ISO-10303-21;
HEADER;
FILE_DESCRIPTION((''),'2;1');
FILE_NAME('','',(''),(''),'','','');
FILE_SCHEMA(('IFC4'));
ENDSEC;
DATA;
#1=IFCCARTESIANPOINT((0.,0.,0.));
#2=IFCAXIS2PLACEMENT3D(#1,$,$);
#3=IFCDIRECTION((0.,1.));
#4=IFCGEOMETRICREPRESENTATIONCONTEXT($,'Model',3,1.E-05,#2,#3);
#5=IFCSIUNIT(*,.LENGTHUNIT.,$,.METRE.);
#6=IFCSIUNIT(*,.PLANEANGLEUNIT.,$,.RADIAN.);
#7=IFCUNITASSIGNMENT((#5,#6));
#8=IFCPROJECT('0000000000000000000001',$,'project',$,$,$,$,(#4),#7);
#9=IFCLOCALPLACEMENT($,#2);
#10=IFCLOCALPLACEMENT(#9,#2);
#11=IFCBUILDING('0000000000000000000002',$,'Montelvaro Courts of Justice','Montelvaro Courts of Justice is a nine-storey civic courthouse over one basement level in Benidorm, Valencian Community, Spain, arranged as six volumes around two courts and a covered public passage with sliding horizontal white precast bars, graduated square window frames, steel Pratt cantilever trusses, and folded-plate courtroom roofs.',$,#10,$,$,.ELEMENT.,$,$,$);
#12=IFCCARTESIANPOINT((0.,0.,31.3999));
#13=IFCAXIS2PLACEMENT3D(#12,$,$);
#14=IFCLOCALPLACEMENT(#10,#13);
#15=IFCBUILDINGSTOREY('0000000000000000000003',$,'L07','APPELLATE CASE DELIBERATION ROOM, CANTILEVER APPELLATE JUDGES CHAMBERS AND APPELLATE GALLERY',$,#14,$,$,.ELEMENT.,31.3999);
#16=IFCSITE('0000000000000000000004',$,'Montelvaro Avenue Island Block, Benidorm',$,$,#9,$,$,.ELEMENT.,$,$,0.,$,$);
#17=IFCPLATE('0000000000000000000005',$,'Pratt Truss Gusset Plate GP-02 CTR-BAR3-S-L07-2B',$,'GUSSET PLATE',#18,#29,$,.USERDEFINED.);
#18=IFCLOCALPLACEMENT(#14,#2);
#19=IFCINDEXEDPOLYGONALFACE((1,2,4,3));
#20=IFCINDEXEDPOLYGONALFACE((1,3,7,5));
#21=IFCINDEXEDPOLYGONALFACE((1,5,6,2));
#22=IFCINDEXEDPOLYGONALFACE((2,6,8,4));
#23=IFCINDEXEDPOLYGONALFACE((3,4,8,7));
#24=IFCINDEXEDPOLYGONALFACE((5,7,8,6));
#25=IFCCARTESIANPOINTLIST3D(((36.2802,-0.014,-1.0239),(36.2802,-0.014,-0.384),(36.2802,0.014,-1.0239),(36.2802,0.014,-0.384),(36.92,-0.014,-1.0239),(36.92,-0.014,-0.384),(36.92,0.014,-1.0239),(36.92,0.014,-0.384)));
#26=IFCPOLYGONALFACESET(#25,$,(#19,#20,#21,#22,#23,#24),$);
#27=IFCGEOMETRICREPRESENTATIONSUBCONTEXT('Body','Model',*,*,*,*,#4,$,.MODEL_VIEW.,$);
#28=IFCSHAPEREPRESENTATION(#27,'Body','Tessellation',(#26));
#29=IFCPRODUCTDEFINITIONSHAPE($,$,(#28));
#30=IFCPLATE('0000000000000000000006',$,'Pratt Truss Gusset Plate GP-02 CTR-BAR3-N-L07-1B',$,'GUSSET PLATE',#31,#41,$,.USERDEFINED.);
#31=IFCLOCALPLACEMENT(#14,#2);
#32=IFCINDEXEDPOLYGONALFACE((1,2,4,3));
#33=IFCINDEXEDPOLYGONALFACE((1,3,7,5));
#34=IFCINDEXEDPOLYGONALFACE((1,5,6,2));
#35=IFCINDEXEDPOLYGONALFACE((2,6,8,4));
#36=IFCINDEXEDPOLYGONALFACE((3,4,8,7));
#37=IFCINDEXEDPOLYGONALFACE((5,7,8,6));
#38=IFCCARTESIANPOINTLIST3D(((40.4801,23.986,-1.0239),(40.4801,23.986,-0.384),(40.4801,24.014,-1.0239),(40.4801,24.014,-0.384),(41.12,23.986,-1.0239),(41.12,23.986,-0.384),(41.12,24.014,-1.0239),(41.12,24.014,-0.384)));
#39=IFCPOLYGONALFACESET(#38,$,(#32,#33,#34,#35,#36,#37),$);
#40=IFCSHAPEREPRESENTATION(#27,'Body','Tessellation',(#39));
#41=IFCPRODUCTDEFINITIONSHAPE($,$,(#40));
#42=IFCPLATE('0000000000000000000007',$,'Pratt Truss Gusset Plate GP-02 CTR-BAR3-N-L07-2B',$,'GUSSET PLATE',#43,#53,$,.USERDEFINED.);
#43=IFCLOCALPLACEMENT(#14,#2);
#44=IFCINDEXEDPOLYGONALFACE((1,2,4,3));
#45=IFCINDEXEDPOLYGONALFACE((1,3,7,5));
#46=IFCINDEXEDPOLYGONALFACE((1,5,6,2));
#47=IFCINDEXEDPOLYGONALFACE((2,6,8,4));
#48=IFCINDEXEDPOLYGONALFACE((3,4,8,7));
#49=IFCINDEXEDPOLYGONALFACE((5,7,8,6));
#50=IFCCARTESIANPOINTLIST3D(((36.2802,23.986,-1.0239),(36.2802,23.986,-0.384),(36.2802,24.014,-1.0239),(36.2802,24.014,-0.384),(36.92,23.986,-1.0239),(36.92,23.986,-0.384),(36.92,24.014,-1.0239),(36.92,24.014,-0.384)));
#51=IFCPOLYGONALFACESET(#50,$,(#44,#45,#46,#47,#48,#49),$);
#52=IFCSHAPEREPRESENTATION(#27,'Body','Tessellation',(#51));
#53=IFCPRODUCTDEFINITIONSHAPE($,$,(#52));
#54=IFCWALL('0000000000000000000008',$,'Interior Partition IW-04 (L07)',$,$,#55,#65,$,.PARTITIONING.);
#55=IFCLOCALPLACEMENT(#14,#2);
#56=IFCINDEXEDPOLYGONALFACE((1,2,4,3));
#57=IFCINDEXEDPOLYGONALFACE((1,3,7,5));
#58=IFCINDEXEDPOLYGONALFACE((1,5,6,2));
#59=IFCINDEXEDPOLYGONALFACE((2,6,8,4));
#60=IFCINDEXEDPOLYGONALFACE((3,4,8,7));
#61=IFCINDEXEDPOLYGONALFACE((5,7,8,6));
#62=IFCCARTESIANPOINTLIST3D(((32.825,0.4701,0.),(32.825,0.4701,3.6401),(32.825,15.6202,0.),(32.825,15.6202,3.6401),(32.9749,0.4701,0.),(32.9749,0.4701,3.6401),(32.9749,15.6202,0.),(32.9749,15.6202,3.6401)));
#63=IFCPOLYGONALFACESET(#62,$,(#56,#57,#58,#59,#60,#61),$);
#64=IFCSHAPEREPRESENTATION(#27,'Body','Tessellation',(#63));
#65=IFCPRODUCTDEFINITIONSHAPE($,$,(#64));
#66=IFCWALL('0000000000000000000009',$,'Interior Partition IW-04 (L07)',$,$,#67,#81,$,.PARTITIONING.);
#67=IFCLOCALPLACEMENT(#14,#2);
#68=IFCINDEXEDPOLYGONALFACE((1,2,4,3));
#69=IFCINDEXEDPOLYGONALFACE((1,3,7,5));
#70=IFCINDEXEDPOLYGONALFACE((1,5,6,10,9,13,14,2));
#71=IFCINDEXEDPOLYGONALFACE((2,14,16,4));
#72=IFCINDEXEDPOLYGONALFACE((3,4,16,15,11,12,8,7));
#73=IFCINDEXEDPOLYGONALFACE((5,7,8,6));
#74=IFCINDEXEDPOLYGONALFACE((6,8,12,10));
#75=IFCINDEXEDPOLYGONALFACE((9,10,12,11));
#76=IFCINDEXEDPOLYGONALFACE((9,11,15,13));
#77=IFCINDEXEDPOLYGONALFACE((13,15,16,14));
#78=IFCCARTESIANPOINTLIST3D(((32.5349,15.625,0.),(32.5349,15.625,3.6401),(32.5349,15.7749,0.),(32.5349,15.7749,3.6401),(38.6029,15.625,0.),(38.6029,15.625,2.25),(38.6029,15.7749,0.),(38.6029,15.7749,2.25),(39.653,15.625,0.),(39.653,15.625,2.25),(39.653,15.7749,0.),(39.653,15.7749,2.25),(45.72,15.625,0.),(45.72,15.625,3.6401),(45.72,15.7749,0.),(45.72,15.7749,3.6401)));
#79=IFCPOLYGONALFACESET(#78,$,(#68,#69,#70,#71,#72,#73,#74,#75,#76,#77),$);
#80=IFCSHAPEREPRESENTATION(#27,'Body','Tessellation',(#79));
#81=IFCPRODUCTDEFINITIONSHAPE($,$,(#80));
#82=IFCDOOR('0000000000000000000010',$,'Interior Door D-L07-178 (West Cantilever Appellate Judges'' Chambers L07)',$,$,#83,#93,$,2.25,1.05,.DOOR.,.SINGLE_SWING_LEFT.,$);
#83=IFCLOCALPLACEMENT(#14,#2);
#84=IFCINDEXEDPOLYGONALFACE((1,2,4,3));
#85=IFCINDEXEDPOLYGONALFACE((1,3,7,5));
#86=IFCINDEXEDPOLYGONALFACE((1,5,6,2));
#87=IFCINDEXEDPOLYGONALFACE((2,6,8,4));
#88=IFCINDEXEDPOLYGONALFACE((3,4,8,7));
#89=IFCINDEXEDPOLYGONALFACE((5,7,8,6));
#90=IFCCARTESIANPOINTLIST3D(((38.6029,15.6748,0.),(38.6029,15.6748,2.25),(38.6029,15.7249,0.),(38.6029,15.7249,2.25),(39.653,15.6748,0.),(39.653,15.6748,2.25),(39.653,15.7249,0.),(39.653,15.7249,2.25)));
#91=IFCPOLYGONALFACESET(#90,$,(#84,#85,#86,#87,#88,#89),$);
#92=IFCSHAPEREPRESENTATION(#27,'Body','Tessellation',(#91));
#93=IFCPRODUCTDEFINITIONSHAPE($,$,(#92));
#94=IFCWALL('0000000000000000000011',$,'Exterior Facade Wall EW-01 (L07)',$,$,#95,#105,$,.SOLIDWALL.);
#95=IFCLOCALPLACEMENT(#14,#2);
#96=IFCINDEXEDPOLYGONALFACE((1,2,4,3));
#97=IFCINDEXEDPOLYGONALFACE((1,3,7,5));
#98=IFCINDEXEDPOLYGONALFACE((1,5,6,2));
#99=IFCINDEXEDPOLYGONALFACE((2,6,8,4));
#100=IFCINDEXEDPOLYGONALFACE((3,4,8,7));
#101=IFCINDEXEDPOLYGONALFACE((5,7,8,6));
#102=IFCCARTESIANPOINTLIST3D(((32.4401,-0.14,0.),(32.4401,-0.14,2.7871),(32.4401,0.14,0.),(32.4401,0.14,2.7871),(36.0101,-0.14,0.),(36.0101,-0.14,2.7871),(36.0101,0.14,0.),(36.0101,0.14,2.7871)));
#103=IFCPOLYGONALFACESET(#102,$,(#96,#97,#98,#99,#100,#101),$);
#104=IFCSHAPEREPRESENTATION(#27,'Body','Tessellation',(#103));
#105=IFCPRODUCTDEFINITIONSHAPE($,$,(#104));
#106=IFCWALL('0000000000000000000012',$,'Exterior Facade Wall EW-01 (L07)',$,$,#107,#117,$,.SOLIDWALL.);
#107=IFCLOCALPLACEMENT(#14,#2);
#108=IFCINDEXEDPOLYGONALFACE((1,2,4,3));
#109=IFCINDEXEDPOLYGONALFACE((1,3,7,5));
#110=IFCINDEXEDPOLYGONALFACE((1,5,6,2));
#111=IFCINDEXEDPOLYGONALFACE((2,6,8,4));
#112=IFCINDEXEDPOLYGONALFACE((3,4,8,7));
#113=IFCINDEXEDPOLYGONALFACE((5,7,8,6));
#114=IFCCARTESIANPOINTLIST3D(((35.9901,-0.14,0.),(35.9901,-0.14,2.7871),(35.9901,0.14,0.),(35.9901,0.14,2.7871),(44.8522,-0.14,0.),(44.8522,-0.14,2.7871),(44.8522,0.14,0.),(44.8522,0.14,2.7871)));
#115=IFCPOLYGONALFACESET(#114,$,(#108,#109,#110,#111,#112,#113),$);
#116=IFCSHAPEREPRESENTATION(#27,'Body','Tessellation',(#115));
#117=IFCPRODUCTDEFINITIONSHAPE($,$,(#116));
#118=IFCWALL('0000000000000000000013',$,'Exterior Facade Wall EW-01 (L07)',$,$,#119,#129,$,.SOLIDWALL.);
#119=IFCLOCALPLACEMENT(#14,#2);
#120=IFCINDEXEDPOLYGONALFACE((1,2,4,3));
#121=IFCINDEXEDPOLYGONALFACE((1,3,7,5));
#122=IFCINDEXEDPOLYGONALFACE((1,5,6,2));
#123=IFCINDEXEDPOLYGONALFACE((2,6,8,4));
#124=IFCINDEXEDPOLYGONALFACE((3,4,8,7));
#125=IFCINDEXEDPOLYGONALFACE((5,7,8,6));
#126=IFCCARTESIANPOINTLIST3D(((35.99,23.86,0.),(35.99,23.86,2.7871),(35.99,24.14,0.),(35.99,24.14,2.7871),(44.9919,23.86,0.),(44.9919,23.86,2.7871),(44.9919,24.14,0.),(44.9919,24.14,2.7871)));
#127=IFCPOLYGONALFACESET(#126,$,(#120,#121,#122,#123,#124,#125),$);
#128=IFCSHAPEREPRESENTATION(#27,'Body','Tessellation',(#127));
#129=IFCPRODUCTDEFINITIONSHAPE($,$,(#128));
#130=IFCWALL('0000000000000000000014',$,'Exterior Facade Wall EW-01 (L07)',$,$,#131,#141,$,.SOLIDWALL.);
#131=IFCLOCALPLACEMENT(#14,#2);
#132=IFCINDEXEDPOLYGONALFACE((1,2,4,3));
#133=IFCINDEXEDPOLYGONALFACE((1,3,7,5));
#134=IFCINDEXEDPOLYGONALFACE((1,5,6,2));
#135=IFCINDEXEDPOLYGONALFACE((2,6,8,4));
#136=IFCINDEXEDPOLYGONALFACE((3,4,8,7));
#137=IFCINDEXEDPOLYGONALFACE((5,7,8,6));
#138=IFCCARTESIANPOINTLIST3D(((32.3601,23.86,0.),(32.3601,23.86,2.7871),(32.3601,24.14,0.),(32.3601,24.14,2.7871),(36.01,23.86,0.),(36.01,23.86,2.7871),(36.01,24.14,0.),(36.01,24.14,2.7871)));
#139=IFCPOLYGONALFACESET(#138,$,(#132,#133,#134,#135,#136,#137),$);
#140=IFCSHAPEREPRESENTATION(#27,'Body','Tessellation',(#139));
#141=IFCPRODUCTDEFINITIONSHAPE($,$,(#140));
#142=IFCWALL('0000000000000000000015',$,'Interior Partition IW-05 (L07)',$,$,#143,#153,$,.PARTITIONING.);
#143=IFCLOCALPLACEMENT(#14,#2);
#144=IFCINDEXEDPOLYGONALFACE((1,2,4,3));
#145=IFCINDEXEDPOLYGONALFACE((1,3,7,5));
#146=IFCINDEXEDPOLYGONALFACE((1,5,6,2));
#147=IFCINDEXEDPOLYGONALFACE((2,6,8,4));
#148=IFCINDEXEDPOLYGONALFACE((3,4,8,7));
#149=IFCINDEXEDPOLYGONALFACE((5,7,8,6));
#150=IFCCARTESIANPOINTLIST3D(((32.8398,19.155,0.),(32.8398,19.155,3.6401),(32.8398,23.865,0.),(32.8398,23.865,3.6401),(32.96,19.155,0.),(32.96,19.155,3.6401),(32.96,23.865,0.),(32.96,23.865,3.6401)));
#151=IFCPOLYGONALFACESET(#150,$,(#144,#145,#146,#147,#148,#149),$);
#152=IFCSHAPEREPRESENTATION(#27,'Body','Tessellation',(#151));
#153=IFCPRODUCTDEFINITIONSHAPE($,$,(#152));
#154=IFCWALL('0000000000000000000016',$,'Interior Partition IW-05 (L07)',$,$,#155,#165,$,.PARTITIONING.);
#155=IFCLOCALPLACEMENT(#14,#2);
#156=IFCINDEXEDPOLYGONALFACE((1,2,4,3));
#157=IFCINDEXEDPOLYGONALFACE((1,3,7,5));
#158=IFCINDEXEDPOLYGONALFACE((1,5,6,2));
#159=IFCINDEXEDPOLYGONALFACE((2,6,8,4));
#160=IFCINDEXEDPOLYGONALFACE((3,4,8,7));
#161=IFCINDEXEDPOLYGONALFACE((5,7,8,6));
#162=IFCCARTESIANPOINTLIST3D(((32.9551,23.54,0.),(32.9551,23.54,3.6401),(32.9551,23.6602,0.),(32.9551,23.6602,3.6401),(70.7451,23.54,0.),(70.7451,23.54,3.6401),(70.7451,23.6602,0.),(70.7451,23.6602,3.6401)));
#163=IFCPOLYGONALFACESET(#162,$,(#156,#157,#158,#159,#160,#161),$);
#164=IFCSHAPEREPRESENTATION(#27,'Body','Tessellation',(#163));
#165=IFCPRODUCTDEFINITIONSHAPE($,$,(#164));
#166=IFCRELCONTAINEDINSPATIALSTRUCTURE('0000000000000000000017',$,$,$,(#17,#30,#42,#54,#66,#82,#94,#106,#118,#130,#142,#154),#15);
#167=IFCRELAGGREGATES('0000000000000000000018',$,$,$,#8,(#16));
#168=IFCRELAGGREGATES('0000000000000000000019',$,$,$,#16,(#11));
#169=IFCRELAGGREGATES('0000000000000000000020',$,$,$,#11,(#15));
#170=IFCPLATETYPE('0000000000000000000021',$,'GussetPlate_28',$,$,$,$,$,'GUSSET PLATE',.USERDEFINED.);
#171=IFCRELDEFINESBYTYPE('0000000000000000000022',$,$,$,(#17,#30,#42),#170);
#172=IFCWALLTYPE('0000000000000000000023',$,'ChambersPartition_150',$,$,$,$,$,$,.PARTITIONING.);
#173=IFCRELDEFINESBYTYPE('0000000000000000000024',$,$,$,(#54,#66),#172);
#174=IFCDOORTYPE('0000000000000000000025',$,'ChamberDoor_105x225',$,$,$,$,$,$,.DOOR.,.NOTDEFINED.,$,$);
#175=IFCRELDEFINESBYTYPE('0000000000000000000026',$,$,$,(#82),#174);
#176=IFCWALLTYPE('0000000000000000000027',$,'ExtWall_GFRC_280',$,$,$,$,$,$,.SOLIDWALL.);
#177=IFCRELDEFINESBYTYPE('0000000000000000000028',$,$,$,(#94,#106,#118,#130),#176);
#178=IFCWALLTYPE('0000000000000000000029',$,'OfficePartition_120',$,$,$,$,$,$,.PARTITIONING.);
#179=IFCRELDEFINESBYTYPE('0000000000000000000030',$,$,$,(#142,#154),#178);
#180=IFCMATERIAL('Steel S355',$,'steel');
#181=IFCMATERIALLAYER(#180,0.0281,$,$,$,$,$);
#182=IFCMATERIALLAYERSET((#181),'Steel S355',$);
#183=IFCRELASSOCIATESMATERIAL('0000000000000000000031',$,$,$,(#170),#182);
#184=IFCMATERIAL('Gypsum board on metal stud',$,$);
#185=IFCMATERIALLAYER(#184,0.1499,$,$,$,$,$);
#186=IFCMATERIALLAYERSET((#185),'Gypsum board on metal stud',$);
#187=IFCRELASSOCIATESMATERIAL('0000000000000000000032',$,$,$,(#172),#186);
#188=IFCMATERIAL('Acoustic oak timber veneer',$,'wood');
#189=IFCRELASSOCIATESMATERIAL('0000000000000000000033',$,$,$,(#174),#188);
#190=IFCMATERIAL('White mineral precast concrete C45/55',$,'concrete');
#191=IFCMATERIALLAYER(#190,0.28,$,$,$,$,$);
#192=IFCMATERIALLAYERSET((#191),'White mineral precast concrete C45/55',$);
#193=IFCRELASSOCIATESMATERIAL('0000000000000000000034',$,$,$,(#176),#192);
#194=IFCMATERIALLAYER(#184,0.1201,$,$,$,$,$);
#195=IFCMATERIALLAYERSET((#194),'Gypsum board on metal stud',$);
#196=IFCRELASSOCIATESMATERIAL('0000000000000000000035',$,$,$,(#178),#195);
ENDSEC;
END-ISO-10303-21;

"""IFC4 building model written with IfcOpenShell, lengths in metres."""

from ifc_helpers import new_model, si_unit, direction, frame, frame_2d, origin, origin_2d, place, context, subcontext, project, spatial, rectangle, extrude, material, layer, layer_set, type_object, element, fill, save


model = new_model("IFC4")

# Units and contexts
model_context = context("Model", 3, precision=1e-05, world=origin(), true_north=direction((0.0, 1.0)))
body_context = subcontext(model_context, "Body", "Model", "MODEL_VIEW")
ifc_project = project(units=[si_unit("LENGTHUNIT", "METRE"), si_unit("PLANEANGLEUNIT", "RADIAN")], contexts=[model_context])

# Site, building, storey
site_placement = place(None, origin())
site = spatial("IfcSite", under=ifc_project, at=site_placement, Name="Montelvaro Avenue Island Block, Benidorm", CompositionType="ELEMENT", RefElevation=0.0)
building_placement = place(site_placement, origin())
building = spatial("IfcBuilding", under=site, at=building_placement, Name="Montelvaro Courts of Justice", Description="Montelvaro Courts of Justice is a nine-storey civic courthouse over one basement level in Benidorm, Valencian Community, Spain, arranged as six volumes around two courts and a covered public passage with sliding horizontal white precast bars, graduated square window frames, steel Pratt cantilever trusses, and folded-plate courtroom roofs.", CompositionType="ELEMENT")
storey_placement = place(building_placement, frame((0.0, 0.0, 31.3999)))
storey = spatial("IfcBuildingStorey", under=building, at=storey_placement, Name="L07", Description="APPELLATE CASE DELIBERATION ROOM, CANTILEVER APPELLATE JUDGES CHAMBERS AND APPELLATE GALLERY", CompositionType="ELEMENT", Elevation=31.3999)

# Shared definitions
ifc_material_1 = material(Name="Steel S355", Category="steel")

# Plates
ifc_layer_1 = layer(ifc_material_1, 0.0281)
ifc_layer_set_1 = layer_set([ifc_layer_1], Name="Steel S355")
plate_type = type_object("IfcPlateType", Name="GussetPlate_28", ElementType="GUSSET PLATE", PredefinedType="USERDEFINED", material=ifc_layer_set_1)
for number, where, z_axis, x_axis, name in (
    (1, (36.6001, 0.0, -1.0239), (0.0, 0.0, 1.0), (1.0, 0.0, 0.0), "Pratt Truss Gusset Plate GP-02 CTR-BAR3-S-L07-2B"),
    (2, (40.8, 24.0, -1.0239), (0.0, 0.0, 1.0), (1.0, 0.0, 0.0), "Pratt Truss Gusset Plate GP-02 CTR-BAR3-N-L07-1B"),
    (3, (36.6001, 24.0, -1.0239), (0.0, 0.0, 1.0), (1.0, 0.0, 0.0), "Pratt Truss Gusset Plate GP-02 CTR-BAR3-N-L07-2B"),
):
    element("IfcPlate", number, at=place(storey_placement, frame(where, z_axis=z_axis, x_axis=x_axis)), inside=storey, type_object=plate_type, Name=name, ObjectType="GUSSET PLATE", PredefinedType="USERDEFINED", context=body_context, shape_type="SweptSolid", body=[
        extrude(rectangle(XDim=0.6399, YDim=0.0281, at=origin_2d()), origin(), (0.0, 0.0, 1.0), 0.6399),
    ])

# Wall
ifc_material_2 = material(Name="Gypsum board on metal stud")
ifc_layer_2 = layer(ifc_material_2, 0.1499)
ifc_layer_set_2 = layer_set([ifc_layer_2], Name="Gypsum board on metal stud")
wall_type_1 = type_object("IfcWallType", Name="ChambersPartition_150", PredefinedType="PARTITIONING", material=ifc_layer_set_2)
wall_1_placement = place(storey_placement, frame((32.8999, 0.47, 0.0), z_axis=(0.0, 0.0, 1.0), x_axis=(0.0, 1.0, 0.0)))
element("IfcWall", 4, at=wall_1_placement, inside=storey, type_object=wall_type_1, Name="Interior Partition IW-04 (L07)", PredefinedType="PARTITIONING", context=body_context, shape_type="SweptSolid", body=[
    extrude(rectangle(XDim=15.1501, YDim=0.1499, at=frame_2d((7.5752, 0.0))), origin(), (0.0, 0.0, 1.0), 3.6401),
])

# Wall, opening, door
wall_2_placement = place(storey_placement, frame((32.5349, 15.7, 0.0), z_axis=(0.0, 0.0, 1.0), x_axis=(1.0, 0.0, 0.0)))
wall_2 = element("IfcWall", 5, at=wall_2_placement, inside=storey, type_object=wall_type_1, Name="Interior Partition IW-04 (L07)", PredefinedType="PARTITIONING", context=body_context, shape_type="SweptSolid", body=[
    extrude(rectangle(XDim=13.1851, YDim=0.1499, at=frame_2d((6.5925, 0.0))), origin(), (0.0, 0.0, 1.0), 3.6401),
])
opening_placement = place(wall_2_placement, frame((6.0681, 0.0, 0.0)))
opening = element("IfcOpeningElement", 6, at=opening_placement, cuts=wall_2, PredefinedType="OPENING", context=body_context, shape_type="SweptSolid", body=[
    extrude(rectangle(XDim=1.05, YDim=2.25, at=frame_2d((0.5249, 1.125))), frame((0.0, 0.0898, 0.0), z_axis=(0.0, -1.0, 0.0), x_axis=(1.0, 0.0, 0.0)), (0.0, 0.0, 1.0), 0.1797),
])
ifc_material_3 = material(Name="Acoustic oak timber veneer", Category="wood")
door_type = type_object("IfcDoorType", Name="ChamberDoor_105x225", OperationType="NOTDEFINED", PredefinedType="DOOR", material=ifc_material_3)
door_placement = place(opening_placement, origin())
door = element("IfcDoor", 7, at=door_placement, inside=storey, type_object=door_type, Name="Interior Door D-L07-178 (West Cantilever Appellate Judges' Chambers L07)", OperationType="SINGLE_SWING_LEFT", OverallHeight=2.25, OverallWidth=1.05, PredefinedType="DOOR", context=body_context, shape_type="SweptSolid", body=[
    extrude(rectangle(XDim=1.05, YDim=2.25, at=frame_2d((0.5249, 1.125))), frame((0.0, 0.0249, 0.0), z_axis=(0.0, -1.0, 0.0), x_axis=(1.0, 0.0, 0.0)), (0.0, 0.0, 1.0), 0.05),
])
fill(opening, door)

# Walls
ifc_material_4 = material(Name="White mineral precast concrete C45/55", Category="concrete")
ifc_layer_3 = layer(ifc_material_4, 0.28)
ifc_layer_set_3 = layer_set([ifc_layer_3], Name="White mineral precast concrete C45/55")
wall_type_2 = type_object("IfcWallType", Name="ExtWall_GFRC_280", PredefinedType="SOLIDWALL", material=ifc_layer_set_3)
wall_3_placement = place(storey_placement, frame((32.4399, 0.0, 0.0), z_axis=(0.0, 0.0, 1.0), x_axis=(1.0, 0.0, 0.0)))
element("IfcWall", 8, at=wall_3_placement, inside=storey, type_object=wall_type_2, Name="Exterior Facade Wall EW-01 (L07)", PredefinedType="SOLIDWALL", context=body_context, shape_type="SweptSolid", body=[
    extrude(rectangle(XDim=3.5701, YDim=0.28, at=frame_2d((1.7852, 0.0))), origin(), (0.0, 0.0, 1.0), 2.7871),
])
wall_4_placement = place(storey_placement, frame((35.99, 0.0, 0.0), z_axis=(0.0, 0.0, 1.0), x_axis=(1.0, 0.0, 0.0)))
element("IfcWall", 9, at=wall_4_placement, inside=storey, type_object=wall_type_2, Name="Exterior Facade Wall EW-01 (L07)", PredefinedType="SOLIDWALL", context=body_context, shape_type="SweptSolid", body=[
    extrude(rectangle(XDim=8.8621, YDim=0.28, at=frame_2d((4.4312, 0.0))), origin(), (0.0, 0.0, 1.0), 2.7871),
])
wall_5_placement = place(storey_placement, frame((44.9919, 24.0, 0.0), z_axis=(0.0, 0.0, 1.0), x_axis=(-1.0, 0.0, 0.0)))
element("IfcWall", 10, at=wall_5_placement, inside=storey, type_object=wall_type_2, Name="Exterior Facade Wall EW-01 (L07)", PredefinedType="SOLIDWALL", context=body_context, shape_type="SweptSolid", body=[
    extrude(rectangle(XDim=9.002, YDim=0.28, at=frame_2d((4.501, 0.0))), origin(), (0.0, 0.0, 1.0), 2.7871),
])
wall_6_placement = place(storey_placement, frame((36.01, 24.0, 0.0), z_axis=(0.0, 0.0, 1.0), x_axis=(-1.0, 0.0, 0.0)))
element("IfcWall", 11, at=wall_6_placement, inside=storey, type_object=wall_type_2, Name="Exterior Facade Wall EW-01 (L07)", PredefinedType="SOLIDWALL", context=body_context, shape_type="SweptSolid", body=[
    extrude(rectangle(XDim=3.6499, YDim=0.28, at=frame_2d((1.825, 0.0))), origin(), (0.0, 0.0, 1.0), 2.7871),
])
ifc_layer_4 = layer(ifc_material_2, 0.1201)
ifc_layer_set_4 = layer_set([ifc_layer_4], Name="Gypsum board on metal stud")
wall_type_3 = type_object("IfcWallType", Name="OfficePartition_120", PredefinedType="PARTITIONING", material=ifc_layer_set_4)
wall_7_placement = place(storey_placement, frame((32.8999, 19.155, 0.0), z_axis=(0.0, 0.0, 1.0), x_axis=(0.0, 1.0, 0.0)))
element("IfcWall", 12, at=wall_7_placement, inside=storey, type_object=wall_type_3, Name="Interior Partition IW-05 (L07)", PredefinedType="PARTITIONING", context=body_context, shape_type="SweptSolid", body=[
    extrude(rectangle(XDim=4.71, YDim=0.1201, at=frame_2d((2.355, 0.0))), origin(), (0.0, 0.0, 1.0), 3.6401),
])
wall_8_placement = place(storey_placement, frame((32.9551, 23.6001, 0.0), z_axis=(0.0, 0.0, 1.0), x_axis=(1.0, 0.0, 0.0)))
element("IfcWall", 13, at=wall_8_placement, inside=storey, type_object=wall_type_3, Name="Interior Partition IW-05 (L07)", PredefinedType="PARTITIONING", context=body_context, shape_type="SweptSolid", body=[
    extrude(rectangle(XDim=37.79, YDim=0.1201, at=frame_2d((18.895, 0.0))), origin(), (0.0, 0.0, 1.0), 3.6401),
])

save(model, "model.ifc")
